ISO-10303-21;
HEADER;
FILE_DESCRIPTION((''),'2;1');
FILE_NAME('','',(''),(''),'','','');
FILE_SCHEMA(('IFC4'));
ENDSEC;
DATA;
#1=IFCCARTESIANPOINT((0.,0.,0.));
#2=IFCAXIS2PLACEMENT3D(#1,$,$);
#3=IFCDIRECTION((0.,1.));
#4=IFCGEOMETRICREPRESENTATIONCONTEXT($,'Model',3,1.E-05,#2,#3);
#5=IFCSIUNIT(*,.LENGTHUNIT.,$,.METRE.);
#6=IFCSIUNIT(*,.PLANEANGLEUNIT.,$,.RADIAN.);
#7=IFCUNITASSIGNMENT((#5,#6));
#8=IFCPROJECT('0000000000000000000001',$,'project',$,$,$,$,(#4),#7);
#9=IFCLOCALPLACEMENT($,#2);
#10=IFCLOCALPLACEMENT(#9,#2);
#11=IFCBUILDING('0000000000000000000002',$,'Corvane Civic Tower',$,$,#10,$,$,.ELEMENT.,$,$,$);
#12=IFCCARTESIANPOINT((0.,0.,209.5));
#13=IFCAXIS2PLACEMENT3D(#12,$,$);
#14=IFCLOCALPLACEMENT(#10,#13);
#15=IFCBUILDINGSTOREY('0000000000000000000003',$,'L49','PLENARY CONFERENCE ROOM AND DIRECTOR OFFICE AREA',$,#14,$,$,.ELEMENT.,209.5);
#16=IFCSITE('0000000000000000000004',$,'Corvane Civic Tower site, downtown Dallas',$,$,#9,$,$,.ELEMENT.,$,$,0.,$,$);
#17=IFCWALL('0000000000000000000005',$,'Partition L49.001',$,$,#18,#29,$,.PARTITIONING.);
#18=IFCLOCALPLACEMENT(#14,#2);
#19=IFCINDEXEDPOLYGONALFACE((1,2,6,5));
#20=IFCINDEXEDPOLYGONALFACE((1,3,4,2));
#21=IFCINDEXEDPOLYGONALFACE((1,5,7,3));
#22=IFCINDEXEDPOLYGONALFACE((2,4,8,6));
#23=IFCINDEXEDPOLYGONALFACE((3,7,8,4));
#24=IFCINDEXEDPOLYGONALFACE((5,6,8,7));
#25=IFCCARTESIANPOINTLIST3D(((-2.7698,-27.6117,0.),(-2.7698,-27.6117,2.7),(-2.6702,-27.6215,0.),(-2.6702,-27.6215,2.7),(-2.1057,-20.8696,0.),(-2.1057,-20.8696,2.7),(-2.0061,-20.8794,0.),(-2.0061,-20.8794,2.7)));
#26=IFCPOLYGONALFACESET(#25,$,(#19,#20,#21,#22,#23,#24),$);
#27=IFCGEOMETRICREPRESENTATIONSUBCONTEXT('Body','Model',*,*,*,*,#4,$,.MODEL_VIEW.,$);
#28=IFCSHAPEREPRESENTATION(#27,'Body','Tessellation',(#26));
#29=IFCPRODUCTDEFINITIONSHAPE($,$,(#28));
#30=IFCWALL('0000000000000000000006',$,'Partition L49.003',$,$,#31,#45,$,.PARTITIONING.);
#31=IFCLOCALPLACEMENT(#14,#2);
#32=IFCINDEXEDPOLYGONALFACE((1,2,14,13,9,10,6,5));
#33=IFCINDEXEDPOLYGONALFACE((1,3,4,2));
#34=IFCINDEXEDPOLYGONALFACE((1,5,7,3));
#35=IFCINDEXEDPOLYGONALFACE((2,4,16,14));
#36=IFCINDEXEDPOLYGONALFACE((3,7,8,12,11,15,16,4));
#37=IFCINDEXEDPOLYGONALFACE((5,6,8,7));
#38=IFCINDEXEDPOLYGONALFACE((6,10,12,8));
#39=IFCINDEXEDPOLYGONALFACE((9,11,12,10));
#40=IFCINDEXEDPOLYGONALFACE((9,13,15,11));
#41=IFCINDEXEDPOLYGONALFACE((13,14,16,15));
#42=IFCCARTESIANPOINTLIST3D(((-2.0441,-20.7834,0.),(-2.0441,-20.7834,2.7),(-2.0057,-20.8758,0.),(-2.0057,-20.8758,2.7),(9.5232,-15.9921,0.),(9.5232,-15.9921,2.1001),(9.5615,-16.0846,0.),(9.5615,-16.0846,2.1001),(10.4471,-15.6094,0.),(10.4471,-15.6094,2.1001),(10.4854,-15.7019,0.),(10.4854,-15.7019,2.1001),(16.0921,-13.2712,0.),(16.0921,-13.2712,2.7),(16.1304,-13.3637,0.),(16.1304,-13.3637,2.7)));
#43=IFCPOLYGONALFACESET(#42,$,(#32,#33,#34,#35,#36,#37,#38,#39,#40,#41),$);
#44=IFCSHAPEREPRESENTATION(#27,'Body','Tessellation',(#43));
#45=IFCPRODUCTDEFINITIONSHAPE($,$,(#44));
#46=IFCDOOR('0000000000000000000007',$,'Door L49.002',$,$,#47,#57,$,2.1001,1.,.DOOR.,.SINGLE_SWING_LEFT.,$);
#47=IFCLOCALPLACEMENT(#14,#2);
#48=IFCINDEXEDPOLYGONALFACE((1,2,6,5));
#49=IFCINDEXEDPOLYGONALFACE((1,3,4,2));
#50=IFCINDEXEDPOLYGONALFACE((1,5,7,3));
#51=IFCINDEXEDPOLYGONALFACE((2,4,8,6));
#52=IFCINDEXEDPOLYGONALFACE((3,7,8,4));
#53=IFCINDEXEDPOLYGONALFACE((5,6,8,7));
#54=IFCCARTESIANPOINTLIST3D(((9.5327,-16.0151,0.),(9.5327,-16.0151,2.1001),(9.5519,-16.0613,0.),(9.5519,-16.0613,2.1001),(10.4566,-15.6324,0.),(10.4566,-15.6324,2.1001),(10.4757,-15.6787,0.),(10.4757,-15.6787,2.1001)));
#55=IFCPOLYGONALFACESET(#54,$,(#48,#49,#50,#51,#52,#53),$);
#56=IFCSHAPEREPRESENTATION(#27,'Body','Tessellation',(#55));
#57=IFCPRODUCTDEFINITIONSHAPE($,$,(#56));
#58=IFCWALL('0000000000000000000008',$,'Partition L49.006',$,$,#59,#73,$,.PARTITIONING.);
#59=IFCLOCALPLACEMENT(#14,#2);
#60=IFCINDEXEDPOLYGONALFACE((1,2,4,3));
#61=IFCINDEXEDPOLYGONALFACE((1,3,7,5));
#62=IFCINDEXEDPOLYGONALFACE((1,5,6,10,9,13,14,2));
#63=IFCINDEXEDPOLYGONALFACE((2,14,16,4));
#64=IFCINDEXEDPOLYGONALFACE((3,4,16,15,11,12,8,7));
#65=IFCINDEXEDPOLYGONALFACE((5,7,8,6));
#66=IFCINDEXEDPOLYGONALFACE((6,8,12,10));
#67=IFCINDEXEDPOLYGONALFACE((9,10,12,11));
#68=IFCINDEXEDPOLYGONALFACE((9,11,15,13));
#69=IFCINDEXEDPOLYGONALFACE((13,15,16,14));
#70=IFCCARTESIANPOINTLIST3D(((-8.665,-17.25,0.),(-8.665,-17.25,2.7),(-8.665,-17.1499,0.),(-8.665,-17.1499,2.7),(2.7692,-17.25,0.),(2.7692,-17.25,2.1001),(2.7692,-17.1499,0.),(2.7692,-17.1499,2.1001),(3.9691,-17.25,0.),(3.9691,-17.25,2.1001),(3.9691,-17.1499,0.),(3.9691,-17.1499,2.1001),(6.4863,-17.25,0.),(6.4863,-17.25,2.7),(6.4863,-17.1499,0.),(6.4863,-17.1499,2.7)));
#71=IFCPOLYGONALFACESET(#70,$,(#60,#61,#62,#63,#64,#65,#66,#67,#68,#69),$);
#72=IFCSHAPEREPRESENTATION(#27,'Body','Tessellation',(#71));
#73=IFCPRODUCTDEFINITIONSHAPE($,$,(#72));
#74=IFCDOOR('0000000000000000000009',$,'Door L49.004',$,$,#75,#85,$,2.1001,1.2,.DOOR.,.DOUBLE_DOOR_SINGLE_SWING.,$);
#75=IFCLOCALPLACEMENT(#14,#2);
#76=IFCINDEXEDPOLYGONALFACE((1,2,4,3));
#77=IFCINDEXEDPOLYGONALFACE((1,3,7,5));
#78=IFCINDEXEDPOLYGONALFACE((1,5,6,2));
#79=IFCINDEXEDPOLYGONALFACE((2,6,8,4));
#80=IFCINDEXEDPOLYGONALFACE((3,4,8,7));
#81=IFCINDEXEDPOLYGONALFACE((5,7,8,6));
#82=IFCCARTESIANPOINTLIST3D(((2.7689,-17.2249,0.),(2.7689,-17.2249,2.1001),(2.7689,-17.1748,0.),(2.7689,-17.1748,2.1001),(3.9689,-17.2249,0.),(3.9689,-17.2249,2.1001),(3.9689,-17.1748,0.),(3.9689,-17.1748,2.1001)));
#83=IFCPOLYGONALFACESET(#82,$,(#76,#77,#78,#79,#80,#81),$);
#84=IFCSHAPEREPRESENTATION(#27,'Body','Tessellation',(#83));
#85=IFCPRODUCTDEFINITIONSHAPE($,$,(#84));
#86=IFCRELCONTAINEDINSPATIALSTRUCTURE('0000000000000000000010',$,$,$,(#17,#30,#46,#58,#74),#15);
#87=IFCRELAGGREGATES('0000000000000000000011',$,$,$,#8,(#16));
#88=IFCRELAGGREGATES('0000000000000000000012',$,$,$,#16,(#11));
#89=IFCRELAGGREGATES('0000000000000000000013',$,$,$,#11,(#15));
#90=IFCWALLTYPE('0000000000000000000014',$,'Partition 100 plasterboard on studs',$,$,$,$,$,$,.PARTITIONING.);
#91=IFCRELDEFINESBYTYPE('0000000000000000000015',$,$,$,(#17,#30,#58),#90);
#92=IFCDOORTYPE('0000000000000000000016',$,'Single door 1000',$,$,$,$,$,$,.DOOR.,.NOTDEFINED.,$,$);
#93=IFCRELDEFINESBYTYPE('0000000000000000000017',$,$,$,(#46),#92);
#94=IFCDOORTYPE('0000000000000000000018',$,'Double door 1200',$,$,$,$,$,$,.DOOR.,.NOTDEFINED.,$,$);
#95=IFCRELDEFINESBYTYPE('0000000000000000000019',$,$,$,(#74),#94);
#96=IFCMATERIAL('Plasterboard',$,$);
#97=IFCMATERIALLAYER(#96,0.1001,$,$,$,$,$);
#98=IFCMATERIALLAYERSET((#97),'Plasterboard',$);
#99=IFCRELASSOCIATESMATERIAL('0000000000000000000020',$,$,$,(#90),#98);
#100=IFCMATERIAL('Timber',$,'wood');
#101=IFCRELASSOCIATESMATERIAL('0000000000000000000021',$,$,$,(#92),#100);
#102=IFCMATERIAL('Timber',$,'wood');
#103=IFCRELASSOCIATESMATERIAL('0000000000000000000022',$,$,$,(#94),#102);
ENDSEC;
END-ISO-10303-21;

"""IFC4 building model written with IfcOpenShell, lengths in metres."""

from ifc_helpers import new_model, si_unit, direction, frame, frame_2d, origin, place, context, subcontext, project, spatial, rectangle, extrude, material, layer, layer_set, type_object, element, fill, save


model = new_model("IFC4")

# Units and contexts
model_context = context("Model", 3, precision=1e-05, world=origin(), true_north=direction((0.0, 1.0)))
body_context = subcontext(model_context, "Body", "Model", "MODEL_VIEW")
ifc_project = project(units=[si_unit("LENGTHUNIT", "METRE"), si_unit("PLANEANGLEUNIT", "RADIAN")], contexts=[model_context])

# Site, building, storey
site_placement = place(None, origin())
site = spatial("IfcSite", under=ifc_project, at=site_placement, Name="Corvane Civic Tower site, downtown Dallas", CompositionType="ELEMENT", RefElevation=0.0)
building_placement = place(site_placement, origin())
building = spatial("IfcBuilding", under=site, at=building_placement, Name="Corvane Civic Tower", CompositionType="ELEMENT")
storey_placement = place(building_placement, frame((0.0, 0.0, 209.5)))
storey = spatial("IfcBuildingStorey", under=building, at=storey_placement, Name="L49", Description="PLENARY CONFERENCE ROOM AND DIRECTOR OFFICE AREA", CompositionType="ELEMENT", Elevation=209.5)

# Wall
ifc_material_1 = material(Name="Plasterboard")
ifc_layer_1 = layer(ifc_material_1, 0.1001)
ifc_layer_set_1 = layer_set([ifc_layer_1], Name="Plasterboard")
wall_type = type_object("IfcWallType", Name="Partition 100 plasterboard on studs", PredefinedType="PARTITIONING", material=ifc_layer_set_1)
wall_1_placement = place(storey_placement, frame((-2.72, -27.6165, 0.0), z_axis=(0.0, 0.0, 1.0), x_axis=(0.098023, 0.995184, 0.0)))
element("IfcWall", 1, at=wall_1_placement, inside=storey, type_object=wall_type, Name="Partition L49.001", PredefinedType="PARTITIONING", context=body_context, shape_type="SweptSolid", body=[
    extrude(rectangle(XDim=6.7747, YDim=0.1001, at=frame_2d((3.3872, 0.0))), origin(), (0.0, 0.0, 1.0), 2.7),
])

# Walls, openings, doors
wall_2_placement = place(storey_placement, frame((-2.0249, -20.8296, 0.0), z_axis=(0.0, 0.0, 1.0), x_axis=(0.923881, 0.382681, 0.0)))
wall_2 = element("IfcWall", 2, at=wall_2_placement, inside=storey, type_object=wall_type, Name="Partition L49.003", PredefinedType="PARTITIONING", context=body_context, shape_type="SweptSolid", body=[
    extrude(rectangle(XDim=19.6304, YDim=0.1001, at=frame_2d((9.8152, 0.0))), origin(), (0.0, 0.0, 1.0), 2.7),
])
opening_1_placement = place(wall_2_placement, frame((12.5203, 0.0, 0.0)))
opening_1 = element("IfcOpeningElement", 3, at=opening_1_placement, cuts=wall_2, PredefinedType="OPENING", context=body_context, shape_type="SweptSolid", body=[
    extrude(rectangle(XDim=1.0, YDim=2.1001, at=frame_2d((0.5, 1.05))), frame((0.0, 0.0601, 0.0), z_axis=(0.0, -1.0, 0.0), x_axis=(1.0, 0.0, 0.0)), (0.0, 0.0, 1.0), 0.1201),
])
ifc_material_2 = material(Name="Timber", Category="wood")
door_type_1 = type_object("IfcDoorType", Name="Single door 1000", OperationType="NOTDEFINED", PredefinedType="DOOR", material=ifc_material_2)
door_1_placement = place(opening_1_placement, frame((1.0, 0.0, 0.0), z_axis=(0.0, 0.0, 1.0), x_axis=(-1.0, 0.0, 0.0)))
door_1 = element("IfcDoor", 4, at=door_1_placement, inside=storey, type_object=door_type_1, Name="Door L49.002", OperationType="SINGLE_SWING_LEFT", OverallHeight=2.1001, OverallWidth=1.0, PredefinedType="DOOR", context=body_context, shape_type="SweptSolid", body=[
    extrude(rectangle(XDim=1.0, YDim=2.1001, at=frame_2d((0.5, 1.05))), frame((0.0, 0.0249, 0.0), z_axis=(0.0, -1.0, 0.0), x_axis=(1.0, 0.0, 0.0)), (0.0, 0.0, 1.0), 0.05),
])
fill(opening_1, door_1)
wall_3_placement = place(storey_placement, frame((-8.665, -17.2, 0.0), z_axis=(0.0, 0.0, 1.0), x_axis=(1.0, 0.0, 0.0)))
wall_3 = element("IfcWall", 5, at=wall_3_placement, inside=storey, type_object=wall_type, Name="Partition L49.006", PredefinedType="PARTITIONING", context=body_context, shape_type="SweptSolid", body=[
    extrude(rectangle(XDim=15.1514, YDim=0.1001, at=frame_2d((7.5757, 0.0))), origin(), (0.0, 0.0, 1.0), 2.7),
])
opening_2_placement = place(wall_3_placement, frame((11.4341, 0.0, 0.0)))
opening_2 = element("IfcOpeningElement", 6, at=opening_2_placement, cuts=wall_3, PredefinedType="OPENING", context=body_context, shape_type="SweptSolid", body=[
    extrude(rectangle(XDim=1.2, YDim=2.1001, at=frame_2d((0.6001, 1.05))), frame((0.0, 0.0601, 0.0), z_axis=(0.0, -1.0, 0.0), x_axis=(1.0, 0.0, 0.0)), (0.0, 0.0, 1.0), 0.1201),
])
ifc_material_3 = material(Name="Timber", Category="wood")
door_type_2 = type_object("IfcDoorType", Name="Double door 1200", OperationType="NOTDEFINED", PredefinedType="DOOR", material=ifc_material_3)
door_2_placement = place(opening_2_placement, frame((1.2, 0.0, 0.0), z_axis=(0.0, 0.0, 1.0), x_axis=(-1.0, 0.0, 0.0)))
door_2 = element("IfcDoor", 7, at=door_2_placement, inside=storey, type_object=door_type_2, Name="Door L49.004", OperationType="DOUBLE_DOOR_SINGLE_SWING", OverallHeight=2.1001, OverallWidth=1.2, PredefinedType="DOOR", context=body_context, shape_type="SweptSolid", body=[
    extrude(rectangle(XDim=1.2, YDim=2.1001, at=frame_2d((0.6001, 1.05))), frame((0.0, 0.0249, 0.0), z_axis=(0.0, -1.0, 0.0), x_axis=(1.0, 0.0, 0.0)), (0.0, 0.0, 1.0), 0.05),
])
fill(opening_2, door_2)

save(model, "model.ifc")
